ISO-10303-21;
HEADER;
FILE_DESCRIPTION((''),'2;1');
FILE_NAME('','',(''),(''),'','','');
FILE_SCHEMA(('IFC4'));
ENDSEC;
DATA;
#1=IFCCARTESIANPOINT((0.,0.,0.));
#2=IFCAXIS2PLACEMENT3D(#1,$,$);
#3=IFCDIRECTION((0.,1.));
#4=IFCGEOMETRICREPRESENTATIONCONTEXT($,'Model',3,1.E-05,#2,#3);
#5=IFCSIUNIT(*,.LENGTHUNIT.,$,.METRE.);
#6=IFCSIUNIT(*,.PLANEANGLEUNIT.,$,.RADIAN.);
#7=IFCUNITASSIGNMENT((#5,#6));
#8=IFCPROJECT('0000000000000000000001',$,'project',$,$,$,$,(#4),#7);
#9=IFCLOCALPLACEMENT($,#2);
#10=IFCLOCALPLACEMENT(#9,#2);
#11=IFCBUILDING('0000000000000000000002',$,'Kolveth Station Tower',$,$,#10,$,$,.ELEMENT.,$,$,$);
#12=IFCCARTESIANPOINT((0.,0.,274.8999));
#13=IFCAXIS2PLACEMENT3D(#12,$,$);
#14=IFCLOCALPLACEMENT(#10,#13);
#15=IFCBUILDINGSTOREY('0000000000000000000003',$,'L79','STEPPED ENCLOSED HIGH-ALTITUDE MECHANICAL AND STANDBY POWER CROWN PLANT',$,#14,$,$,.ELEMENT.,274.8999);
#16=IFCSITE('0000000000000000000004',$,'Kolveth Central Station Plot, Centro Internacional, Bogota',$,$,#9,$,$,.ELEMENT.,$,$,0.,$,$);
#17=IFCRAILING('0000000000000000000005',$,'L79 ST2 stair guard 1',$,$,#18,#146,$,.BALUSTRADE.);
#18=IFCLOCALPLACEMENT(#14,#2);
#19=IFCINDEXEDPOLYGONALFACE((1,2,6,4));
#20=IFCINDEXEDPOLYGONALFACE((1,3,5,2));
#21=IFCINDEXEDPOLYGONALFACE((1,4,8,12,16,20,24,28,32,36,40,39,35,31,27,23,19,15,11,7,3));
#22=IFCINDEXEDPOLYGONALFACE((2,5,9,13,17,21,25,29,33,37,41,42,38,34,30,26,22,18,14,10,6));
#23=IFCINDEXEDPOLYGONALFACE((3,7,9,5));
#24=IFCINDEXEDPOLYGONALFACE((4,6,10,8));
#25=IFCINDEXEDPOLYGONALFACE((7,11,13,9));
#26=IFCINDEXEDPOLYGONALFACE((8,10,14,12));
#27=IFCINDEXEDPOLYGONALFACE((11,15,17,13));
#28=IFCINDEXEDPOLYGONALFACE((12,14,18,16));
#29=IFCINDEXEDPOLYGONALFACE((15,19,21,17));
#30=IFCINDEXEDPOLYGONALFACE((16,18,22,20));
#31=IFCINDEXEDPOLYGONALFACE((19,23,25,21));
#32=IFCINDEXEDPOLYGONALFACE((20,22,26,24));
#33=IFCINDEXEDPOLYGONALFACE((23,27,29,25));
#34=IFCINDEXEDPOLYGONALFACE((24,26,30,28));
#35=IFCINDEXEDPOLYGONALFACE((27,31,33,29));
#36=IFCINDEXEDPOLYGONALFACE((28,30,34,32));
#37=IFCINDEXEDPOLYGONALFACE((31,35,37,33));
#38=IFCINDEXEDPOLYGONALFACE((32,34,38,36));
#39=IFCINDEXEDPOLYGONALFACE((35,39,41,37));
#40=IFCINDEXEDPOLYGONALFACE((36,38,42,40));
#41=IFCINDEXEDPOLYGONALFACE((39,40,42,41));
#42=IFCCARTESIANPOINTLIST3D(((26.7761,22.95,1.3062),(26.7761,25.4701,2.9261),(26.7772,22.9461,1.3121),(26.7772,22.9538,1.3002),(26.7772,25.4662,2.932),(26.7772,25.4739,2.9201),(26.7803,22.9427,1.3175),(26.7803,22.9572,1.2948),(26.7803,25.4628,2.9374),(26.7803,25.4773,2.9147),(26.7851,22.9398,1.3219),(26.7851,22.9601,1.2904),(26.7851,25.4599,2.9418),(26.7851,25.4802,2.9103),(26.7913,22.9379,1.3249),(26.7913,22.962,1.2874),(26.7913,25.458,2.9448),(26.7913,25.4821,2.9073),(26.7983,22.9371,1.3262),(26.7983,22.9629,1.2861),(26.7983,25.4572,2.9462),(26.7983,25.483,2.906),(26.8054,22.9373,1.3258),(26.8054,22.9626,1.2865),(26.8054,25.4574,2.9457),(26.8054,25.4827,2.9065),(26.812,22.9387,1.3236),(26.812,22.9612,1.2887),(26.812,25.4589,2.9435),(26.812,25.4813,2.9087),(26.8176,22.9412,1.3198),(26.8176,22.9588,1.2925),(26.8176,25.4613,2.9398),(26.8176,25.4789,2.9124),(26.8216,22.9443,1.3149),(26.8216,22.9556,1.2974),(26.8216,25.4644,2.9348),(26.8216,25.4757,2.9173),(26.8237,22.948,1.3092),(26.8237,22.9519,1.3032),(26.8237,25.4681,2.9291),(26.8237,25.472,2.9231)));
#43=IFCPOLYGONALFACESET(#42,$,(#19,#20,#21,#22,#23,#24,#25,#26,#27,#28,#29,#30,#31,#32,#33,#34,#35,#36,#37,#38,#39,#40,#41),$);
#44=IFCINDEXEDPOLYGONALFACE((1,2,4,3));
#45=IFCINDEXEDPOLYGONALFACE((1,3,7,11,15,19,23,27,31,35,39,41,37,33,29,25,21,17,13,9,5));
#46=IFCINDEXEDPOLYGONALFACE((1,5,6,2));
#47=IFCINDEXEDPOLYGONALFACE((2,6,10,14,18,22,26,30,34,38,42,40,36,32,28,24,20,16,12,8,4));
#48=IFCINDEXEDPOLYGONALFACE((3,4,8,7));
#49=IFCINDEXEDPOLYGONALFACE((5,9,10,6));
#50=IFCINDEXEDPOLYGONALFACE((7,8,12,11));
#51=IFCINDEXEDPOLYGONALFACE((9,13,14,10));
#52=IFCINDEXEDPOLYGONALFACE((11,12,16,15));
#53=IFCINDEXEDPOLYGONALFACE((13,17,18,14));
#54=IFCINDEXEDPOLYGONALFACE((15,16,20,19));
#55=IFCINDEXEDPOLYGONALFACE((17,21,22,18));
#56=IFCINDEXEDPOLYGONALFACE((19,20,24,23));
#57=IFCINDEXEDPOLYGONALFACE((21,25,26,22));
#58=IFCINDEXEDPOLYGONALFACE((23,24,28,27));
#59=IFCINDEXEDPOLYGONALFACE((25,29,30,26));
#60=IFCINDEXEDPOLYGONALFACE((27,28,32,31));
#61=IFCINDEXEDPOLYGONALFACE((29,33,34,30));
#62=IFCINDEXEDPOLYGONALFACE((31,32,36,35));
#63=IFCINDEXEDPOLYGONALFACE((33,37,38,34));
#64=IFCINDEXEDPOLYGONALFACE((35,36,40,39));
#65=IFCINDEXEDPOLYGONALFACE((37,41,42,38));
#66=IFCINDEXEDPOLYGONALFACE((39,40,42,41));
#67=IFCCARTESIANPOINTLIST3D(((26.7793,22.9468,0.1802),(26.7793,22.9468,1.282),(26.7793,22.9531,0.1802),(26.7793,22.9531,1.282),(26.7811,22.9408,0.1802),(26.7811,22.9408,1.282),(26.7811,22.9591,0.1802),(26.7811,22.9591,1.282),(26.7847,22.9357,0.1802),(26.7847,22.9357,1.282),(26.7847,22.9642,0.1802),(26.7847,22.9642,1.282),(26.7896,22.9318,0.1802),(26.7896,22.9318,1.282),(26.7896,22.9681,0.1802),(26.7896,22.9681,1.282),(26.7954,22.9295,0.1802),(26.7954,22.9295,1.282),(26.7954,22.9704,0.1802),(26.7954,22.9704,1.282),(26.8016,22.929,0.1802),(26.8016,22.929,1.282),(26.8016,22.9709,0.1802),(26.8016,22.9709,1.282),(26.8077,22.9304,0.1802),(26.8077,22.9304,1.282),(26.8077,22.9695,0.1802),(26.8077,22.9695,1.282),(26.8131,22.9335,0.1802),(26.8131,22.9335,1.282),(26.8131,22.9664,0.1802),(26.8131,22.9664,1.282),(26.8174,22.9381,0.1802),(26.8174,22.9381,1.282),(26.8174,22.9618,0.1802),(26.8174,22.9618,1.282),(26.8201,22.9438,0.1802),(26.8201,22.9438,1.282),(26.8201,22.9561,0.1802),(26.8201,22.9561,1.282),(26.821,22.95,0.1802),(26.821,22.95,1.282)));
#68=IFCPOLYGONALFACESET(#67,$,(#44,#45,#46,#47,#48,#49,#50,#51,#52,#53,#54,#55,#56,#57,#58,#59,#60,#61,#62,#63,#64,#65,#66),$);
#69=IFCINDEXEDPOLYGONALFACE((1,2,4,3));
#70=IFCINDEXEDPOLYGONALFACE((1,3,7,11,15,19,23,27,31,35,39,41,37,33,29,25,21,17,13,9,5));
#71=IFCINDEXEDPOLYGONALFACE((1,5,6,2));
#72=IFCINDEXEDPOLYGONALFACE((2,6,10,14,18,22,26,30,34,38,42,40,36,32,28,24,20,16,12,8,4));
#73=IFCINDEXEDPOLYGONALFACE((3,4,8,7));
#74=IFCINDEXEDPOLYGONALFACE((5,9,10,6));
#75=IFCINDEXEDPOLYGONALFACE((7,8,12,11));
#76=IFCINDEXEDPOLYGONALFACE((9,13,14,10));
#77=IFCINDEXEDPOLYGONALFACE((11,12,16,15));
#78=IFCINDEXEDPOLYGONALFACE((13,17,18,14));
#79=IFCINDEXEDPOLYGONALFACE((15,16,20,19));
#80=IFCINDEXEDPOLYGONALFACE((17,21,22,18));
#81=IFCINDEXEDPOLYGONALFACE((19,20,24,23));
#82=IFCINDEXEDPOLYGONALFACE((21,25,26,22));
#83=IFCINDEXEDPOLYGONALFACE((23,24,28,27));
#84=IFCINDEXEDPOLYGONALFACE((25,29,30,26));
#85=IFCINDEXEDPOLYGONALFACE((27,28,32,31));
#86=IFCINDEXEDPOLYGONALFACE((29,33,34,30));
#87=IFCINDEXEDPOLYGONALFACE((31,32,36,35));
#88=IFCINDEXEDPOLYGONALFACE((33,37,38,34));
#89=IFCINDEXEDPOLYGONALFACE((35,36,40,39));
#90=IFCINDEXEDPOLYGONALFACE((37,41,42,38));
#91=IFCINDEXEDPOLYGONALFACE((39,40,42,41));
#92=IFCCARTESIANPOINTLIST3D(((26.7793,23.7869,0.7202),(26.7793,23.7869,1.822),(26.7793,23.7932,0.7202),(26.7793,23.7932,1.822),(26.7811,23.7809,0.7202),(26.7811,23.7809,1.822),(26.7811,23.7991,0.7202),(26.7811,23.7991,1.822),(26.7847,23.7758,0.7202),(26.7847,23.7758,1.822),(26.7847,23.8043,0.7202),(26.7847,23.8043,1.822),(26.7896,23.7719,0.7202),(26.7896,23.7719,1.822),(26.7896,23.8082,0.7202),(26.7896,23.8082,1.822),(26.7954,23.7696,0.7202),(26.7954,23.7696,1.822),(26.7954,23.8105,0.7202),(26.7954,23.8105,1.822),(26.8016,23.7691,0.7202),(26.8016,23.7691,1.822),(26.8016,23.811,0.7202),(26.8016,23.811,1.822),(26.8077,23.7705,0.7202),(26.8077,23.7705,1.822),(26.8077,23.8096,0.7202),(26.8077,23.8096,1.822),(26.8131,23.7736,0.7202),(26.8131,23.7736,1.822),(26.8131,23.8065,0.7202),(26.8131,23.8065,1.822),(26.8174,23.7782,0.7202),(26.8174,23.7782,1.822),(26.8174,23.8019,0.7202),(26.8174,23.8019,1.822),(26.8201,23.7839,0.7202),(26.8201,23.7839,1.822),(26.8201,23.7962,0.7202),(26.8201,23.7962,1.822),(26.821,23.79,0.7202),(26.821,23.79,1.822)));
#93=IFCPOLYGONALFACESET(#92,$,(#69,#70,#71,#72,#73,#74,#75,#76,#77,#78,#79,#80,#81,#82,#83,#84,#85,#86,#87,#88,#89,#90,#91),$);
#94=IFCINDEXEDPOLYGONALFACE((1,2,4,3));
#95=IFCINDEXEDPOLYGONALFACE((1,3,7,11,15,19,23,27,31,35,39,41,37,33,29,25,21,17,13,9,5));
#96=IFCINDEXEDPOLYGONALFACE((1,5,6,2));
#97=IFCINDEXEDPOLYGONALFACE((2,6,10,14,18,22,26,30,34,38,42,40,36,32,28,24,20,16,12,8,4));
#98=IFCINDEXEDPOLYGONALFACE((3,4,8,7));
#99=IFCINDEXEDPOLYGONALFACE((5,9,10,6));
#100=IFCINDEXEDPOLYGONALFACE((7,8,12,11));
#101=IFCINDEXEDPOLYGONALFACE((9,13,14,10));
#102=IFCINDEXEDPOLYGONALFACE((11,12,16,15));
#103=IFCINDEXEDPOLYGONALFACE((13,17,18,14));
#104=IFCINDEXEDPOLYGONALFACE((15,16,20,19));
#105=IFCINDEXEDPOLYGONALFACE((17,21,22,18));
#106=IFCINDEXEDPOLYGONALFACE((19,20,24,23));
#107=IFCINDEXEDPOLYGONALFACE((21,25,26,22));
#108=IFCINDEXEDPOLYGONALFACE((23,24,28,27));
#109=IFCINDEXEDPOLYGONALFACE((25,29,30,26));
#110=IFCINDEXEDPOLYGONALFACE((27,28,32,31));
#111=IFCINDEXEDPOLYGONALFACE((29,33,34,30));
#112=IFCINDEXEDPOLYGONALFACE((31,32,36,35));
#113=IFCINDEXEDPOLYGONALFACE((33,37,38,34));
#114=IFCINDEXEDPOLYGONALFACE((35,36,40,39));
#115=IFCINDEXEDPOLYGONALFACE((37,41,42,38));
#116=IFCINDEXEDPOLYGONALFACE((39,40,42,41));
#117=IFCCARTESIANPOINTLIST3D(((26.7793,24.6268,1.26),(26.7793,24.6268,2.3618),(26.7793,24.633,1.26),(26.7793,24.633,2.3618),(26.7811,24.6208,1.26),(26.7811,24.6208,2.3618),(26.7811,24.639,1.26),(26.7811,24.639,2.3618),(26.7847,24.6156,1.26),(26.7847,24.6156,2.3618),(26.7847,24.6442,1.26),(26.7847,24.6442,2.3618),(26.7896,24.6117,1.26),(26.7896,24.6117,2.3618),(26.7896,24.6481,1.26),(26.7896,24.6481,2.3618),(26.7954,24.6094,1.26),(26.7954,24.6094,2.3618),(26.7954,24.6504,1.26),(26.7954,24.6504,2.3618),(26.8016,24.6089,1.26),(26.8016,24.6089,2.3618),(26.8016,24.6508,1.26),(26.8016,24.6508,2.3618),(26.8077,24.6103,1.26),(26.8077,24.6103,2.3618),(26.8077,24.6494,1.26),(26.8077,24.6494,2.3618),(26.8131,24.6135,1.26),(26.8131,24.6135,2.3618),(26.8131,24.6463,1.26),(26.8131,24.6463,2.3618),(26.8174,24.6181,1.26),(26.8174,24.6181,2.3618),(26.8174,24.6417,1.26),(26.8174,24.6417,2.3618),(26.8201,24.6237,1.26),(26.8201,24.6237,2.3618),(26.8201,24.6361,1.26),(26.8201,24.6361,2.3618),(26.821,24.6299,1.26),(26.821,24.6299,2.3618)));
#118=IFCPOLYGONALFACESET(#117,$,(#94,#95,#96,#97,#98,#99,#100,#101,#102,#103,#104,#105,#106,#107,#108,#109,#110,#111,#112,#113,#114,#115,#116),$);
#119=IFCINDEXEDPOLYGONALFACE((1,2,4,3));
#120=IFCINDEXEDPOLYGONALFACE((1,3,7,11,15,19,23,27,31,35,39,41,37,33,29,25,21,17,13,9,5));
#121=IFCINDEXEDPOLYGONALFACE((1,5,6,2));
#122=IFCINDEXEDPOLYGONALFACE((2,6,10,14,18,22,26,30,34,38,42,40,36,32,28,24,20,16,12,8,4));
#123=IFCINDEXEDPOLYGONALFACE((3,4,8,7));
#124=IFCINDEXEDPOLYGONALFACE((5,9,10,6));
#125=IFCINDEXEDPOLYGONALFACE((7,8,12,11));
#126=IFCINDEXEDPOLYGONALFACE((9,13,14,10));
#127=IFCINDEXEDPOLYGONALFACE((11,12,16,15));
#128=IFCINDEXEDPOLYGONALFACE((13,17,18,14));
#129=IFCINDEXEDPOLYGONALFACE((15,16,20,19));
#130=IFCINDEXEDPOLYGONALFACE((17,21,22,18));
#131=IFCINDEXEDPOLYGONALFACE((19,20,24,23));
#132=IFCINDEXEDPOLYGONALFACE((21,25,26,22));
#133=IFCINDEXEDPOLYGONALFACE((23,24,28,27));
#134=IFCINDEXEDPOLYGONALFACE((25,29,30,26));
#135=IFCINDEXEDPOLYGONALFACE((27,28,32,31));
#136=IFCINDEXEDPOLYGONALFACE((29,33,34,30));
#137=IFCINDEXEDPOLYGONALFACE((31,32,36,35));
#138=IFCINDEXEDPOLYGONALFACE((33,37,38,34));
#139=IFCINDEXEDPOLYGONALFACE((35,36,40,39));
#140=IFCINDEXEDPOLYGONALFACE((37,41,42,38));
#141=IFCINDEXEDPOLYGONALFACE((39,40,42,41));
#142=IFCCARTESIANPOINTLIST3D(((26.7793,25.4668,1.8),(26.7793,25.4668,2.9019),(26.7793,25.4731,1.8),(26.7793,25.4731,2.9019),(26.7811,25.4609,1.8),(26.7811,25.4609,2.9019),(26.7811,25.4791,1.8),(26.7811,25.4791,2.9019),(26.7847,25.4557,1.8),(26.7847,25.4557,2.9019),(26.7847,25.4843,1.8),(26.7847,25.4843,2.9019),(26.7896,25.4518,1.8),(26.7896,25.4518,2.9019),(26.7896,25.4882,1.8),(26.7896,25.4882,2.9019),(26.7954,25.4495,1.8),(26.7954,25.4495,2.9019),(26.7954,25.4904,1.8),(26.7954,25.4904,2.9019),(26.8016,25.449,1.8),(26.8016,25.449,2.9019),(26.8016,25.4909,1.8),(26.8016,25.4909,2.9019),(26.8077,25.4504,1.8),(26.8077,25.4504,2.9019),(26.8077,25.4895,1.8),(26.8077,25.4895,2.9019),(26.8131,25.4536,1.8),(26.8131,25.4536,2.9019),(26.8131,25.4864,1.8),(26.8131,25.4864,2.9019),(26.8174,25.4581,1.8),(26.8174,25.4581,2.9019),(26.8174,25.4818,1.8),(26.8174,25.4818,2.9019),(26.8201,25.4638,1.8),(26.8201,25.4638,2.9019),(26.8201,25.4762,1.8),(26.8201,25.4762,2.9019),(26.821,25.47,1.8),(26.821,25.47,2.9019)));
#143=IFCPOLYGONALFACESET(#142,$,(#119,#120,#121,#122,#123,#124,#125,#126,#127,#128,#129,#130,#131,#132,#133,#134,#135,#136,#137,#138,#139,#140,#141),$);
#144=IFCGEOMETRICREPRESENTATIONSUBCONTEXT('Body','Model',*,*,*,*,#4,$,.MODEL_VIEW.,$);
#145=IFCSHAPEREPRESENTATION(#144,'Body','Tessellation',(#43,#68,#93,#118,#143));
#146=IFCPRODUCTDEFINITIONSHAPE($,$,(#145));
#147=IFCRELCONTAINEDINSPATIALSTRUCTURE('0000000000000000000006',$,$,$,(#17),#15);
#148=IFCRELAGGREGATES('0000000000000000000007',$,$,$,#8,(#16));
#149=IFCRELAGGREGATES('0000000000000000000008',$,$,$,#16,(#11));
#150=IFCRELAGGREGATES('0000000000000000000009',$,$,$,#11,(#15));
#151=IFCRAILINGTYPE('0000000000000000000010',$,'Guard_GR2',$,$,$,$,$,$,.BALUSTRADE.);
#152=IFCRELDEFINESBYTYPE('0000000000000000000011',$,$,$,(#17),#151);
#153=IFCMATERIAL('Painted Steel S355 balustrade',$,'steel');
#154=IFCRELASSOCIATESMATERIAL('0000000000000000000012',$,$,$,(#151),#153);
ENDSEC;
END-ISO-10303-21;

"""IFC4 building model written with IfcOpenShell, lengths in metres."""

from ifc_helpers import new_model, si_unit, direction, frame, origin, origin_2d, place, context, subcontext, project, spatial, circle, extrude, material, type_object, element, save


model = new_model("IFC4")

# Units and contexts
model_context = context("Model", 3, precision=1e-05, world=origin(), true_north=direction((0.0, 1.0)))
body_context = subcontext(model_context, "Body", "Model", "MODEL_VIEW")
ifc_project = project(units=[si_unit("LENGTHUNIT", "METRE"), si_unit("PLANEANGLEUNIT", "RADIAN")], contexts=[model_context])

# Site, building, storey
site_placement = place(None, origin())
site = spatial("IfcSite", under=ifc_project, at=site_placement, Name="Kolveth Central Station Plot, Centro Internacional, Bogota", CompositionType="ELEMENT", RefElevation=0.0)
building_placement = place(site_placement, origin())
building = spatial("IfcBuilding", under=site, at=building_placement, Name="Kolveth Station Tower", CompositionType="ELEMENT")
storey_placement = place(building_placement, frame((0.0, 0.0, 274.8999)))
storey = spatial("IfcBuildingStorey", under=building, at=storey_placement, Name="L79", Description="STEPPED ENCLOSED HIGH-ALTITUDE MECHANICAL AND STANDBY POWER CROWN PLANT", CompositionType="ELEMENT", Elevation=274.8999)

# Railing
ifc_material_1 = material(Name="Painted Steel S355 balustrade", Category="steel")
railing_type_1 = type_object("IfcRailingType", Name="Guard_GR2", PredefinedType="BALUSTRADE", material=ifc_material_1)
railing_1_placement = place(storey_placement, frame((26.8, 22.95, 0.1802)))
element("IfcRailing", 1, at=railing_1_placement, inside=storey, type_object=railing_type_1, Name="L79 ST2 stair guard 1", PredefinedType="BALUSTRADE", context=body_context, shape_type="SweptSolid", body=[
    extrude(circle(Radius=0.0239, at=origin_2d()), frame((0.0, 0.0, 1.126), z_axis=(0.0, 0.8412, 0.540725), x_axis=(-1.0, 0.0, 0.0)), (0.0, 0.0, 1.0), 2.9958),
    extrude(circle(Radius=0.021, at=origin_2d()), origin(), (0.0, 0.0, 1.0), 1.1018),
    extrude(circle(Radius=0.021, at=origin_2d()), frame((0.0, 0.8401, 0.54)), (0.0, 0.0, 1.0), 1.1018),
    extrude(circle(Radius=0.021, at=origin_2d()), frame((0.0, 1.6799, 1.0798)), (0.0, 0.0, 1.0), 1.1018),
    extrude(circle(Radius=0.021, at=origin_2d()), frame((0.0, 2.52, 1.6199)), (0.0, 0.0, 1.0), 1.1018),
])

save(model, "model.ifc")
